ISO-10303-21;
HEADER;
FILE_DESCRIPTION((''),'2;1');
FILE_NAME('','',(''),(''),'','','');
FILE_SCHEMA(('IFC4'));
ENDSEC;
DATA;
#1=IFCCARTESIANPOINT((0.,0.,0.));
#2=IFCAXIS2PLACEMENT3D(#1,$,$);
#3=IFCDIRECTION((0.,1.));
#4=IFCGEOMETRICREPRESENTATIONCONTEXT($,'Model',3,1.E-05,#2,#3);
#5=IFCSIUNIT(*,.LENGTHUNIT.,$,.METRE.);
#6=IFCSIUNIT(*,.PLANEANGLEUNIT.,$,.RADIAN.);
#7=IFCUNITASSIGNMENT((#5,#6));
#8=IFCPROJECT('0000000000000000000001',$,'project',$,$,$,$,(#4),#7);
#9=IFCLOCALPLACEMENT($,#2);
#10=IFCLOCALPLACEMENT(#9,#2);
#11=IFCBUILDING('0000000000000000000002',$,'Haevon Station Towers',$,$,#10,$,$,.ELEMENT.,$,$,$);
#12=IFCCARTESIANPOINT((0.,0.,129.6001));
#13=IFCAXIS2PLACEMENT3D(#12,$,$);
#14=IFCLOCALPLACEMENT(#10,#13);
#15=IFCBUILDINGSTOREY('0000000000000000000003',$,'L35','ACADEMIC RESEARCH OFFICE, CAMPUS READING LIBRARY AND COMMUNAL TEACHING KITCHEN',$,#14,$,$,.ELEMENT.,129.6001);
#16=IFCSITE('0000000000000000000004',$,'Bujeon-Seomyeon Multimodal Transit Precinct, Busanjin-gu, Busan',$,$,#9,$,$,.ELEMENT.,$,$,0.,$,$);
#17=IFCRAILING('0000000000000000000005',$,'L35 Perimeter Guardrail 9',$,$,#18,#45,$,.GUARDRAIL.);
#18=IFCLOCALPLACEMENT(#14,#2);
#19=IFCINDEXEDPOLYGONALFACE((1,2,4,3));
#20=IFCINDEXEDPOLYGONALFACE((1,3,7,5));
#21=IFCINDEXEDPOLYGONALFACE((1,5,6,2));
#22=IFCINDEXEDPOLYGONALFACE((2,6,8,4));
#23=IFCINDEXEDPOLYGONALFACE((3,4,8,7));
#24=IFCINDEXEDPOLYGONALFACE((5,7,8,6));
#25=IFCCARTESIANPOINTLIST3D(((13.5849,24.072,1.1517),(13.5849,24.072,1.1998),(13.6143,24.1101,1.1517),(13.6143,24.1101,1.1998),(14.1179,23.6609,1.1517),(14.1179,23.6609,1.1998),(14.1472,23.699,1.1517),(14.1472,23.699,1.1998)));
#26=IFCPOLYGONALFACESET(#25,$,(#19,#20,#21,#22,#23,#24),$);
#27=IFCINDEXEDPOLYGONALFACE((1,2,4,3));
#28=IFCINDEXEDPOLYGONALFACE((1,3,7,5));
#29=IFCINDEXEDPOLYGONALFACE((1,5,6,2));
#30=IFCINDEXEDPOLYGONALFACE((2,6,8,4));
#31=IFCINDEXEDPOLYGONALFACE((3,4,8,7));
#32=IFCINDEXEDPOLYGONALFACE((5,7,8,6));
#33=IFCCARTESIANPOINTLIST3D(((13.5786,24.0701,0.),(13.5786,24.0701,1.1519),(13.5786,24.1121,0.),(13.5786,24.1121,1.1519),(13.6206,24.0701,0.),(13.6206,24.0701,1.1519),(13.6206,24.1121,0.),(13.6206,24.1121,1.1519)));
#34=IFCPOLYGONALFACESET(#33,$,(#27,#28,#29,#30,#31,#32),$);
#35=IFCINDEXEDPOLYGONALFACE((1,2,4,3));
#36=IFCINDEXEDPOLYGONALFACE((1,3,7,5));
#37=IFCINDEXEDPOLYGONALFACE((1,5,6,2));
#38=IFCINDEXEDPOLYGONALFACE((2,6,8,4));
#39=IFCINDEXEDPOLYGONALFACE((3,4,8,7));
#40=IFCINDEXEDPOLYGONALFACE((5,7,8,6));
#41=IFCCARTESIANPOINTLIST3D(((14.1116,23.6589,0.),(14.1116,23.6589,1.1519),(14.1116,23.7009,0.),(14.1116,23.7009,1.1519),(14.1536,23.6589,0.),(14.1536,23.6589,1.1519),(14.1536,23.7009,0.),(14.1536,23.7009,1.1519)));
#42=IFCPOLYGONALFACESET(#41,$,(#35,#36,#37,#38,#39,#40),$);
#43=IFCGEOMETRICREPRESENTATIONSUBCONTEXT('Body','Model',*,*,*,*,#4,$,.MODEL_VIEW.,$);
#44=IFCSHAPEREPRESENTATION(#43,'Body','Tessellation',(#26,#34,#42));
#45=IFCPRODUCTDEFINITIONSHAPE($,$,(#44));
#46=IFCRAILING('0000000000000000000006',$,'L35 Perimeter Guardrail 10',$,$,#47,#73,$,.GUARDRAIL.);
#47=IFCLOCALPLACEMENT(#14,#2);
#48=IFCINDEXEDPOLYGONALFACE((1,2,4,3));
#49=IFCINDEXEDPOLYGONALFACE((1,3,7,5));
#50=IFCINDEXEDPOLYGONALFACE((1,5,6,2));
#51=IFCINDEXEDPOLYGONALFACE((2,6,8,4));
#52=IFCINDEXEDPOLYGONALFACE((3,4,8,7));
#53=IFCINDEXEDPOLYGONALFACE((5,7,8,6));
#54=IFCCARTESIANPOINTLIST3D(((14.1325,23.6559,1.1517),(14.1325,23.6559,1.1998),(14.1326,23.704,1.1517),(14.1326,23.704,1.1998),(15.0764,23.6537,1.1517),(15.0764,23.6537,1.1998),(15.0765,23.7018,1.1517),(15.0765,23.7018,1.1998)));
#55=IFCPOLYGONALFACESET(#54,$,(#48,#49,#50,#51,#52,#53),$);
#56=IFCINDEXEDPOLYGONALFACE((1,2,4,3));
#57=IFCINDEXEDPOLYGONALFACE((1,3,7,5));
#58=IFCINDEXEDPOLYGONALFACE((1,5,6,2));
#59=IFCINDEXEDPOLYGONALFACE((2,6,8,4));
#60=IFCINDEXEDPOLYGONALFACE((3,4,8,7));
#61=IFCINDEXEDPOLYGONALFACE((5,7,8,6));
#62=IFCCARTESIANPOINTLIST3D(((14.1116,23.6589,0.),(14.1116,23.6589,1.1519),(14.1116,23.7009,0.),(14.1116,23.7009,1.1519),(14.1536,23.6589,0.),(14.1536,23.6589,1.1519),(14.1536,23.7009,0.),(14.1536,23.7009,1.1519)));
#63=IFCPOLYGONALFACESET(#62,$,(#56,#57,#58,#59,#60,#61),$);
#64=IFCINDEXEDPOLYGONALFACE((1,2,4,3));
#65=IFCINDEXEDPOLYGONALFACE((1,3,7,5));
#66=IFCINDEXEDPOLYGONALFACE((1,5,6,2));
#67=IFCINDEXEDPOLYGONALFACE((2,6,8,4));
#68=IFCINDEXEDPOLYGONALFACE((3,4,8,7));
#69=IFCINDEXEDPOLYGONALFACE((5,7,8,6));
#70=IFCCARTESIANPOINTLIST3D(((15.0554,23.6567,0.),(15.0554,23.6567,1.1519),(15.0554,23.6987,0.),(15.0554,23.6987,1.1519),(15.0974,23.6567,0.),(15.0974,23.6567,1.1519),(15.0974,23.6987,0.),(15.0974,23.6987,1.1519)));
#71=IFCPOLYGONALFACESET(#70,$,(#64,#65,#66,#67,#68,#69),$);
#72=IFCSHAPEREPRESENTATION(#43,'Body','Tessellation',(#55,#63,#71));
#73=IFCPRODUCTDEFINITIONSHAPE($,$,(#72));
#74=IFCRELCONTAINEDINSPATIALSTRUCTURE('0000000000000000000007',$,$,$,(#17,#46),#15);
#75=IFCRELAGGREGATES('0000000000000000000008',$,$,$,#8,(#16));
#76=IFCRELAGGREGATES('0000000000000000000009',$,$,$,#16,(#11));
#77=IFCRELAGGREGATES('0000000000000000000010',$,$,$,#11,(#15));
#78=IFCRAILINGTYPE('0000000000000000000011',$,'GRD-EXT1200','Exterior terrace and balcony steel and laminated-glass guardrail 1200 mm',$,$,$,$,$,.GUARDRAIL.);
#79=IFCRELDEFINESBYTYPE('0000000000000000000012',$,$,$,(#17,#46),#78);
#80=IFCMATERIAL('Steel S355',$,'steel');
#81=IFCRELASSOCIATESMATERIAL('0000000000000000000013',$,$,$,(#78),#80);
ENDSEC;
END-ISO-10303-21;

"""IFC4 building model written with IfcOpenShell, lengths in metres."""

from ifc_helpers import new_model, si_unit, direction, frame, origin, origin_2d, place, context, subcontext, project, spatial, rectangle, extrude, material, type_object, element, save


model = new_model("IFC4")

# Units and contexts
model_context = context("Model", 3, precision=1e-05, world=origin(), true_north=direction((0.0, 1.0)))
body_context = subcontext(model_context, "Body", "Model", "MODEL_VIEW")
ifc_project = project(units=[si_unit("LENGTHUNIT", "METRE"), si_unit("PLANEANGLEUNIT", "RADIAN")], contexts=[model_context])

# Site, building, storey
site_placement = place(None, origin())
site = spatial("IfcSite", under=ifc_project, at=site_placement, Name="Bujeon-Seomyeon Multimodal Transit Precinct, Busanjin-gu, Busan", CompositionType="ELEMENT", RefElevation=0.0)
building_placement = place(site_placement, origin())
building = spatial("IfcBuilding", under=site, at=building_placement, Name="Haevon Station Towers", CompositionType="ELEMENT")
storey_placement = place(building_placement, frame((0.0, 0.0, 129.6001)))
storey = spatial("IfcBuildingStorey", under=building, at=storey_placement, Name="L35", Description="ACADEMIC RESEARCH OFFICE, CAMPUS READING LIBRARY AND COMMUNAL TEACHING KITCHEN", CompositionType="ELEMENT", Elevation=129.6001)

# Shared definitions
ifc_material_1 = material(Name="Steel S355", Category="steel")

# Railings
railing_type = type_object("IfcRailingType", Name="GRD-EXT1200", Description="Exterior terrace and balcony steel and laminated-glass guardrail 1200 mm", PredefinedType="GUARDRAIL", material=ifc_material_1)
railing_1_placement = place(storey_placement, frame((13.5996, 24.0911, 0.0)))
element("IfcRailing", 1, at=railing_1_placement, inside=storey, type_object=railing_type, Name="L35 Perimeter Guardrail 9", PredefinedType="GUARDRAIL", context=body_context, shape_type="SweptSolid", body=[
    extrude(rectangle(XDim=0.0481, YDim=0.0481, at=origin_2d()), frame((0.0, 0.0, 1.1758), z_axis=(0.791787, -0.610797, 0.0), x_axis=(0.610797, 0.791787, 0.0)), (0.0, 0.0, 1.0), 0.6731),
    extrude(rectangle(XDim=0.042, YDim=0.042, at=origin_2d()), origin(), (0.0, 0.0, 1.0), 1.1519),
    extrude(rectangle(XDim=0.042, YDim=0.042, at=origin_2d()), frame((0.533, -0.4111, 0.0)), (0.0, 0.0, 1.0), 1.1519),
])
railing_2_placement = place(storey_placement, frame((14.1326, 23.6799, 0.0)))
element("IfcRailing", 2, at=railing_2_placement, inside=storey, type_object=railing_type, Name="L35 Perimeter Guardrail 10", PredefinedType="GUARDRAIL", context=body_context, shape_type="SweptSolid", body=[
    extrude(rectangle(XDim=0.0481, YDim=0.0481, at=origin_2d()), frame((0.0, 0.0, 1.1758), z_axis=(0.999997, -0.002328, 0.0), x_axis=(0.002328, 0.999997, 0.0)), (0.0, 0.0, 1.0), 0.9438),
    extrude(rectangle(XDim=0.042, YDim=0.042, at=origin_2d()), origin(), (0.0, 0.0, 1.0), 1.1519),
    extrude(rectangle(XDim=0.042, YDim=0.042, at=origin_2d()), frame((0.9438, -0.0022, 0.0)), (0.0, 0.0, 1.0), 1.1519),
])

save(model, "model.ifc")
